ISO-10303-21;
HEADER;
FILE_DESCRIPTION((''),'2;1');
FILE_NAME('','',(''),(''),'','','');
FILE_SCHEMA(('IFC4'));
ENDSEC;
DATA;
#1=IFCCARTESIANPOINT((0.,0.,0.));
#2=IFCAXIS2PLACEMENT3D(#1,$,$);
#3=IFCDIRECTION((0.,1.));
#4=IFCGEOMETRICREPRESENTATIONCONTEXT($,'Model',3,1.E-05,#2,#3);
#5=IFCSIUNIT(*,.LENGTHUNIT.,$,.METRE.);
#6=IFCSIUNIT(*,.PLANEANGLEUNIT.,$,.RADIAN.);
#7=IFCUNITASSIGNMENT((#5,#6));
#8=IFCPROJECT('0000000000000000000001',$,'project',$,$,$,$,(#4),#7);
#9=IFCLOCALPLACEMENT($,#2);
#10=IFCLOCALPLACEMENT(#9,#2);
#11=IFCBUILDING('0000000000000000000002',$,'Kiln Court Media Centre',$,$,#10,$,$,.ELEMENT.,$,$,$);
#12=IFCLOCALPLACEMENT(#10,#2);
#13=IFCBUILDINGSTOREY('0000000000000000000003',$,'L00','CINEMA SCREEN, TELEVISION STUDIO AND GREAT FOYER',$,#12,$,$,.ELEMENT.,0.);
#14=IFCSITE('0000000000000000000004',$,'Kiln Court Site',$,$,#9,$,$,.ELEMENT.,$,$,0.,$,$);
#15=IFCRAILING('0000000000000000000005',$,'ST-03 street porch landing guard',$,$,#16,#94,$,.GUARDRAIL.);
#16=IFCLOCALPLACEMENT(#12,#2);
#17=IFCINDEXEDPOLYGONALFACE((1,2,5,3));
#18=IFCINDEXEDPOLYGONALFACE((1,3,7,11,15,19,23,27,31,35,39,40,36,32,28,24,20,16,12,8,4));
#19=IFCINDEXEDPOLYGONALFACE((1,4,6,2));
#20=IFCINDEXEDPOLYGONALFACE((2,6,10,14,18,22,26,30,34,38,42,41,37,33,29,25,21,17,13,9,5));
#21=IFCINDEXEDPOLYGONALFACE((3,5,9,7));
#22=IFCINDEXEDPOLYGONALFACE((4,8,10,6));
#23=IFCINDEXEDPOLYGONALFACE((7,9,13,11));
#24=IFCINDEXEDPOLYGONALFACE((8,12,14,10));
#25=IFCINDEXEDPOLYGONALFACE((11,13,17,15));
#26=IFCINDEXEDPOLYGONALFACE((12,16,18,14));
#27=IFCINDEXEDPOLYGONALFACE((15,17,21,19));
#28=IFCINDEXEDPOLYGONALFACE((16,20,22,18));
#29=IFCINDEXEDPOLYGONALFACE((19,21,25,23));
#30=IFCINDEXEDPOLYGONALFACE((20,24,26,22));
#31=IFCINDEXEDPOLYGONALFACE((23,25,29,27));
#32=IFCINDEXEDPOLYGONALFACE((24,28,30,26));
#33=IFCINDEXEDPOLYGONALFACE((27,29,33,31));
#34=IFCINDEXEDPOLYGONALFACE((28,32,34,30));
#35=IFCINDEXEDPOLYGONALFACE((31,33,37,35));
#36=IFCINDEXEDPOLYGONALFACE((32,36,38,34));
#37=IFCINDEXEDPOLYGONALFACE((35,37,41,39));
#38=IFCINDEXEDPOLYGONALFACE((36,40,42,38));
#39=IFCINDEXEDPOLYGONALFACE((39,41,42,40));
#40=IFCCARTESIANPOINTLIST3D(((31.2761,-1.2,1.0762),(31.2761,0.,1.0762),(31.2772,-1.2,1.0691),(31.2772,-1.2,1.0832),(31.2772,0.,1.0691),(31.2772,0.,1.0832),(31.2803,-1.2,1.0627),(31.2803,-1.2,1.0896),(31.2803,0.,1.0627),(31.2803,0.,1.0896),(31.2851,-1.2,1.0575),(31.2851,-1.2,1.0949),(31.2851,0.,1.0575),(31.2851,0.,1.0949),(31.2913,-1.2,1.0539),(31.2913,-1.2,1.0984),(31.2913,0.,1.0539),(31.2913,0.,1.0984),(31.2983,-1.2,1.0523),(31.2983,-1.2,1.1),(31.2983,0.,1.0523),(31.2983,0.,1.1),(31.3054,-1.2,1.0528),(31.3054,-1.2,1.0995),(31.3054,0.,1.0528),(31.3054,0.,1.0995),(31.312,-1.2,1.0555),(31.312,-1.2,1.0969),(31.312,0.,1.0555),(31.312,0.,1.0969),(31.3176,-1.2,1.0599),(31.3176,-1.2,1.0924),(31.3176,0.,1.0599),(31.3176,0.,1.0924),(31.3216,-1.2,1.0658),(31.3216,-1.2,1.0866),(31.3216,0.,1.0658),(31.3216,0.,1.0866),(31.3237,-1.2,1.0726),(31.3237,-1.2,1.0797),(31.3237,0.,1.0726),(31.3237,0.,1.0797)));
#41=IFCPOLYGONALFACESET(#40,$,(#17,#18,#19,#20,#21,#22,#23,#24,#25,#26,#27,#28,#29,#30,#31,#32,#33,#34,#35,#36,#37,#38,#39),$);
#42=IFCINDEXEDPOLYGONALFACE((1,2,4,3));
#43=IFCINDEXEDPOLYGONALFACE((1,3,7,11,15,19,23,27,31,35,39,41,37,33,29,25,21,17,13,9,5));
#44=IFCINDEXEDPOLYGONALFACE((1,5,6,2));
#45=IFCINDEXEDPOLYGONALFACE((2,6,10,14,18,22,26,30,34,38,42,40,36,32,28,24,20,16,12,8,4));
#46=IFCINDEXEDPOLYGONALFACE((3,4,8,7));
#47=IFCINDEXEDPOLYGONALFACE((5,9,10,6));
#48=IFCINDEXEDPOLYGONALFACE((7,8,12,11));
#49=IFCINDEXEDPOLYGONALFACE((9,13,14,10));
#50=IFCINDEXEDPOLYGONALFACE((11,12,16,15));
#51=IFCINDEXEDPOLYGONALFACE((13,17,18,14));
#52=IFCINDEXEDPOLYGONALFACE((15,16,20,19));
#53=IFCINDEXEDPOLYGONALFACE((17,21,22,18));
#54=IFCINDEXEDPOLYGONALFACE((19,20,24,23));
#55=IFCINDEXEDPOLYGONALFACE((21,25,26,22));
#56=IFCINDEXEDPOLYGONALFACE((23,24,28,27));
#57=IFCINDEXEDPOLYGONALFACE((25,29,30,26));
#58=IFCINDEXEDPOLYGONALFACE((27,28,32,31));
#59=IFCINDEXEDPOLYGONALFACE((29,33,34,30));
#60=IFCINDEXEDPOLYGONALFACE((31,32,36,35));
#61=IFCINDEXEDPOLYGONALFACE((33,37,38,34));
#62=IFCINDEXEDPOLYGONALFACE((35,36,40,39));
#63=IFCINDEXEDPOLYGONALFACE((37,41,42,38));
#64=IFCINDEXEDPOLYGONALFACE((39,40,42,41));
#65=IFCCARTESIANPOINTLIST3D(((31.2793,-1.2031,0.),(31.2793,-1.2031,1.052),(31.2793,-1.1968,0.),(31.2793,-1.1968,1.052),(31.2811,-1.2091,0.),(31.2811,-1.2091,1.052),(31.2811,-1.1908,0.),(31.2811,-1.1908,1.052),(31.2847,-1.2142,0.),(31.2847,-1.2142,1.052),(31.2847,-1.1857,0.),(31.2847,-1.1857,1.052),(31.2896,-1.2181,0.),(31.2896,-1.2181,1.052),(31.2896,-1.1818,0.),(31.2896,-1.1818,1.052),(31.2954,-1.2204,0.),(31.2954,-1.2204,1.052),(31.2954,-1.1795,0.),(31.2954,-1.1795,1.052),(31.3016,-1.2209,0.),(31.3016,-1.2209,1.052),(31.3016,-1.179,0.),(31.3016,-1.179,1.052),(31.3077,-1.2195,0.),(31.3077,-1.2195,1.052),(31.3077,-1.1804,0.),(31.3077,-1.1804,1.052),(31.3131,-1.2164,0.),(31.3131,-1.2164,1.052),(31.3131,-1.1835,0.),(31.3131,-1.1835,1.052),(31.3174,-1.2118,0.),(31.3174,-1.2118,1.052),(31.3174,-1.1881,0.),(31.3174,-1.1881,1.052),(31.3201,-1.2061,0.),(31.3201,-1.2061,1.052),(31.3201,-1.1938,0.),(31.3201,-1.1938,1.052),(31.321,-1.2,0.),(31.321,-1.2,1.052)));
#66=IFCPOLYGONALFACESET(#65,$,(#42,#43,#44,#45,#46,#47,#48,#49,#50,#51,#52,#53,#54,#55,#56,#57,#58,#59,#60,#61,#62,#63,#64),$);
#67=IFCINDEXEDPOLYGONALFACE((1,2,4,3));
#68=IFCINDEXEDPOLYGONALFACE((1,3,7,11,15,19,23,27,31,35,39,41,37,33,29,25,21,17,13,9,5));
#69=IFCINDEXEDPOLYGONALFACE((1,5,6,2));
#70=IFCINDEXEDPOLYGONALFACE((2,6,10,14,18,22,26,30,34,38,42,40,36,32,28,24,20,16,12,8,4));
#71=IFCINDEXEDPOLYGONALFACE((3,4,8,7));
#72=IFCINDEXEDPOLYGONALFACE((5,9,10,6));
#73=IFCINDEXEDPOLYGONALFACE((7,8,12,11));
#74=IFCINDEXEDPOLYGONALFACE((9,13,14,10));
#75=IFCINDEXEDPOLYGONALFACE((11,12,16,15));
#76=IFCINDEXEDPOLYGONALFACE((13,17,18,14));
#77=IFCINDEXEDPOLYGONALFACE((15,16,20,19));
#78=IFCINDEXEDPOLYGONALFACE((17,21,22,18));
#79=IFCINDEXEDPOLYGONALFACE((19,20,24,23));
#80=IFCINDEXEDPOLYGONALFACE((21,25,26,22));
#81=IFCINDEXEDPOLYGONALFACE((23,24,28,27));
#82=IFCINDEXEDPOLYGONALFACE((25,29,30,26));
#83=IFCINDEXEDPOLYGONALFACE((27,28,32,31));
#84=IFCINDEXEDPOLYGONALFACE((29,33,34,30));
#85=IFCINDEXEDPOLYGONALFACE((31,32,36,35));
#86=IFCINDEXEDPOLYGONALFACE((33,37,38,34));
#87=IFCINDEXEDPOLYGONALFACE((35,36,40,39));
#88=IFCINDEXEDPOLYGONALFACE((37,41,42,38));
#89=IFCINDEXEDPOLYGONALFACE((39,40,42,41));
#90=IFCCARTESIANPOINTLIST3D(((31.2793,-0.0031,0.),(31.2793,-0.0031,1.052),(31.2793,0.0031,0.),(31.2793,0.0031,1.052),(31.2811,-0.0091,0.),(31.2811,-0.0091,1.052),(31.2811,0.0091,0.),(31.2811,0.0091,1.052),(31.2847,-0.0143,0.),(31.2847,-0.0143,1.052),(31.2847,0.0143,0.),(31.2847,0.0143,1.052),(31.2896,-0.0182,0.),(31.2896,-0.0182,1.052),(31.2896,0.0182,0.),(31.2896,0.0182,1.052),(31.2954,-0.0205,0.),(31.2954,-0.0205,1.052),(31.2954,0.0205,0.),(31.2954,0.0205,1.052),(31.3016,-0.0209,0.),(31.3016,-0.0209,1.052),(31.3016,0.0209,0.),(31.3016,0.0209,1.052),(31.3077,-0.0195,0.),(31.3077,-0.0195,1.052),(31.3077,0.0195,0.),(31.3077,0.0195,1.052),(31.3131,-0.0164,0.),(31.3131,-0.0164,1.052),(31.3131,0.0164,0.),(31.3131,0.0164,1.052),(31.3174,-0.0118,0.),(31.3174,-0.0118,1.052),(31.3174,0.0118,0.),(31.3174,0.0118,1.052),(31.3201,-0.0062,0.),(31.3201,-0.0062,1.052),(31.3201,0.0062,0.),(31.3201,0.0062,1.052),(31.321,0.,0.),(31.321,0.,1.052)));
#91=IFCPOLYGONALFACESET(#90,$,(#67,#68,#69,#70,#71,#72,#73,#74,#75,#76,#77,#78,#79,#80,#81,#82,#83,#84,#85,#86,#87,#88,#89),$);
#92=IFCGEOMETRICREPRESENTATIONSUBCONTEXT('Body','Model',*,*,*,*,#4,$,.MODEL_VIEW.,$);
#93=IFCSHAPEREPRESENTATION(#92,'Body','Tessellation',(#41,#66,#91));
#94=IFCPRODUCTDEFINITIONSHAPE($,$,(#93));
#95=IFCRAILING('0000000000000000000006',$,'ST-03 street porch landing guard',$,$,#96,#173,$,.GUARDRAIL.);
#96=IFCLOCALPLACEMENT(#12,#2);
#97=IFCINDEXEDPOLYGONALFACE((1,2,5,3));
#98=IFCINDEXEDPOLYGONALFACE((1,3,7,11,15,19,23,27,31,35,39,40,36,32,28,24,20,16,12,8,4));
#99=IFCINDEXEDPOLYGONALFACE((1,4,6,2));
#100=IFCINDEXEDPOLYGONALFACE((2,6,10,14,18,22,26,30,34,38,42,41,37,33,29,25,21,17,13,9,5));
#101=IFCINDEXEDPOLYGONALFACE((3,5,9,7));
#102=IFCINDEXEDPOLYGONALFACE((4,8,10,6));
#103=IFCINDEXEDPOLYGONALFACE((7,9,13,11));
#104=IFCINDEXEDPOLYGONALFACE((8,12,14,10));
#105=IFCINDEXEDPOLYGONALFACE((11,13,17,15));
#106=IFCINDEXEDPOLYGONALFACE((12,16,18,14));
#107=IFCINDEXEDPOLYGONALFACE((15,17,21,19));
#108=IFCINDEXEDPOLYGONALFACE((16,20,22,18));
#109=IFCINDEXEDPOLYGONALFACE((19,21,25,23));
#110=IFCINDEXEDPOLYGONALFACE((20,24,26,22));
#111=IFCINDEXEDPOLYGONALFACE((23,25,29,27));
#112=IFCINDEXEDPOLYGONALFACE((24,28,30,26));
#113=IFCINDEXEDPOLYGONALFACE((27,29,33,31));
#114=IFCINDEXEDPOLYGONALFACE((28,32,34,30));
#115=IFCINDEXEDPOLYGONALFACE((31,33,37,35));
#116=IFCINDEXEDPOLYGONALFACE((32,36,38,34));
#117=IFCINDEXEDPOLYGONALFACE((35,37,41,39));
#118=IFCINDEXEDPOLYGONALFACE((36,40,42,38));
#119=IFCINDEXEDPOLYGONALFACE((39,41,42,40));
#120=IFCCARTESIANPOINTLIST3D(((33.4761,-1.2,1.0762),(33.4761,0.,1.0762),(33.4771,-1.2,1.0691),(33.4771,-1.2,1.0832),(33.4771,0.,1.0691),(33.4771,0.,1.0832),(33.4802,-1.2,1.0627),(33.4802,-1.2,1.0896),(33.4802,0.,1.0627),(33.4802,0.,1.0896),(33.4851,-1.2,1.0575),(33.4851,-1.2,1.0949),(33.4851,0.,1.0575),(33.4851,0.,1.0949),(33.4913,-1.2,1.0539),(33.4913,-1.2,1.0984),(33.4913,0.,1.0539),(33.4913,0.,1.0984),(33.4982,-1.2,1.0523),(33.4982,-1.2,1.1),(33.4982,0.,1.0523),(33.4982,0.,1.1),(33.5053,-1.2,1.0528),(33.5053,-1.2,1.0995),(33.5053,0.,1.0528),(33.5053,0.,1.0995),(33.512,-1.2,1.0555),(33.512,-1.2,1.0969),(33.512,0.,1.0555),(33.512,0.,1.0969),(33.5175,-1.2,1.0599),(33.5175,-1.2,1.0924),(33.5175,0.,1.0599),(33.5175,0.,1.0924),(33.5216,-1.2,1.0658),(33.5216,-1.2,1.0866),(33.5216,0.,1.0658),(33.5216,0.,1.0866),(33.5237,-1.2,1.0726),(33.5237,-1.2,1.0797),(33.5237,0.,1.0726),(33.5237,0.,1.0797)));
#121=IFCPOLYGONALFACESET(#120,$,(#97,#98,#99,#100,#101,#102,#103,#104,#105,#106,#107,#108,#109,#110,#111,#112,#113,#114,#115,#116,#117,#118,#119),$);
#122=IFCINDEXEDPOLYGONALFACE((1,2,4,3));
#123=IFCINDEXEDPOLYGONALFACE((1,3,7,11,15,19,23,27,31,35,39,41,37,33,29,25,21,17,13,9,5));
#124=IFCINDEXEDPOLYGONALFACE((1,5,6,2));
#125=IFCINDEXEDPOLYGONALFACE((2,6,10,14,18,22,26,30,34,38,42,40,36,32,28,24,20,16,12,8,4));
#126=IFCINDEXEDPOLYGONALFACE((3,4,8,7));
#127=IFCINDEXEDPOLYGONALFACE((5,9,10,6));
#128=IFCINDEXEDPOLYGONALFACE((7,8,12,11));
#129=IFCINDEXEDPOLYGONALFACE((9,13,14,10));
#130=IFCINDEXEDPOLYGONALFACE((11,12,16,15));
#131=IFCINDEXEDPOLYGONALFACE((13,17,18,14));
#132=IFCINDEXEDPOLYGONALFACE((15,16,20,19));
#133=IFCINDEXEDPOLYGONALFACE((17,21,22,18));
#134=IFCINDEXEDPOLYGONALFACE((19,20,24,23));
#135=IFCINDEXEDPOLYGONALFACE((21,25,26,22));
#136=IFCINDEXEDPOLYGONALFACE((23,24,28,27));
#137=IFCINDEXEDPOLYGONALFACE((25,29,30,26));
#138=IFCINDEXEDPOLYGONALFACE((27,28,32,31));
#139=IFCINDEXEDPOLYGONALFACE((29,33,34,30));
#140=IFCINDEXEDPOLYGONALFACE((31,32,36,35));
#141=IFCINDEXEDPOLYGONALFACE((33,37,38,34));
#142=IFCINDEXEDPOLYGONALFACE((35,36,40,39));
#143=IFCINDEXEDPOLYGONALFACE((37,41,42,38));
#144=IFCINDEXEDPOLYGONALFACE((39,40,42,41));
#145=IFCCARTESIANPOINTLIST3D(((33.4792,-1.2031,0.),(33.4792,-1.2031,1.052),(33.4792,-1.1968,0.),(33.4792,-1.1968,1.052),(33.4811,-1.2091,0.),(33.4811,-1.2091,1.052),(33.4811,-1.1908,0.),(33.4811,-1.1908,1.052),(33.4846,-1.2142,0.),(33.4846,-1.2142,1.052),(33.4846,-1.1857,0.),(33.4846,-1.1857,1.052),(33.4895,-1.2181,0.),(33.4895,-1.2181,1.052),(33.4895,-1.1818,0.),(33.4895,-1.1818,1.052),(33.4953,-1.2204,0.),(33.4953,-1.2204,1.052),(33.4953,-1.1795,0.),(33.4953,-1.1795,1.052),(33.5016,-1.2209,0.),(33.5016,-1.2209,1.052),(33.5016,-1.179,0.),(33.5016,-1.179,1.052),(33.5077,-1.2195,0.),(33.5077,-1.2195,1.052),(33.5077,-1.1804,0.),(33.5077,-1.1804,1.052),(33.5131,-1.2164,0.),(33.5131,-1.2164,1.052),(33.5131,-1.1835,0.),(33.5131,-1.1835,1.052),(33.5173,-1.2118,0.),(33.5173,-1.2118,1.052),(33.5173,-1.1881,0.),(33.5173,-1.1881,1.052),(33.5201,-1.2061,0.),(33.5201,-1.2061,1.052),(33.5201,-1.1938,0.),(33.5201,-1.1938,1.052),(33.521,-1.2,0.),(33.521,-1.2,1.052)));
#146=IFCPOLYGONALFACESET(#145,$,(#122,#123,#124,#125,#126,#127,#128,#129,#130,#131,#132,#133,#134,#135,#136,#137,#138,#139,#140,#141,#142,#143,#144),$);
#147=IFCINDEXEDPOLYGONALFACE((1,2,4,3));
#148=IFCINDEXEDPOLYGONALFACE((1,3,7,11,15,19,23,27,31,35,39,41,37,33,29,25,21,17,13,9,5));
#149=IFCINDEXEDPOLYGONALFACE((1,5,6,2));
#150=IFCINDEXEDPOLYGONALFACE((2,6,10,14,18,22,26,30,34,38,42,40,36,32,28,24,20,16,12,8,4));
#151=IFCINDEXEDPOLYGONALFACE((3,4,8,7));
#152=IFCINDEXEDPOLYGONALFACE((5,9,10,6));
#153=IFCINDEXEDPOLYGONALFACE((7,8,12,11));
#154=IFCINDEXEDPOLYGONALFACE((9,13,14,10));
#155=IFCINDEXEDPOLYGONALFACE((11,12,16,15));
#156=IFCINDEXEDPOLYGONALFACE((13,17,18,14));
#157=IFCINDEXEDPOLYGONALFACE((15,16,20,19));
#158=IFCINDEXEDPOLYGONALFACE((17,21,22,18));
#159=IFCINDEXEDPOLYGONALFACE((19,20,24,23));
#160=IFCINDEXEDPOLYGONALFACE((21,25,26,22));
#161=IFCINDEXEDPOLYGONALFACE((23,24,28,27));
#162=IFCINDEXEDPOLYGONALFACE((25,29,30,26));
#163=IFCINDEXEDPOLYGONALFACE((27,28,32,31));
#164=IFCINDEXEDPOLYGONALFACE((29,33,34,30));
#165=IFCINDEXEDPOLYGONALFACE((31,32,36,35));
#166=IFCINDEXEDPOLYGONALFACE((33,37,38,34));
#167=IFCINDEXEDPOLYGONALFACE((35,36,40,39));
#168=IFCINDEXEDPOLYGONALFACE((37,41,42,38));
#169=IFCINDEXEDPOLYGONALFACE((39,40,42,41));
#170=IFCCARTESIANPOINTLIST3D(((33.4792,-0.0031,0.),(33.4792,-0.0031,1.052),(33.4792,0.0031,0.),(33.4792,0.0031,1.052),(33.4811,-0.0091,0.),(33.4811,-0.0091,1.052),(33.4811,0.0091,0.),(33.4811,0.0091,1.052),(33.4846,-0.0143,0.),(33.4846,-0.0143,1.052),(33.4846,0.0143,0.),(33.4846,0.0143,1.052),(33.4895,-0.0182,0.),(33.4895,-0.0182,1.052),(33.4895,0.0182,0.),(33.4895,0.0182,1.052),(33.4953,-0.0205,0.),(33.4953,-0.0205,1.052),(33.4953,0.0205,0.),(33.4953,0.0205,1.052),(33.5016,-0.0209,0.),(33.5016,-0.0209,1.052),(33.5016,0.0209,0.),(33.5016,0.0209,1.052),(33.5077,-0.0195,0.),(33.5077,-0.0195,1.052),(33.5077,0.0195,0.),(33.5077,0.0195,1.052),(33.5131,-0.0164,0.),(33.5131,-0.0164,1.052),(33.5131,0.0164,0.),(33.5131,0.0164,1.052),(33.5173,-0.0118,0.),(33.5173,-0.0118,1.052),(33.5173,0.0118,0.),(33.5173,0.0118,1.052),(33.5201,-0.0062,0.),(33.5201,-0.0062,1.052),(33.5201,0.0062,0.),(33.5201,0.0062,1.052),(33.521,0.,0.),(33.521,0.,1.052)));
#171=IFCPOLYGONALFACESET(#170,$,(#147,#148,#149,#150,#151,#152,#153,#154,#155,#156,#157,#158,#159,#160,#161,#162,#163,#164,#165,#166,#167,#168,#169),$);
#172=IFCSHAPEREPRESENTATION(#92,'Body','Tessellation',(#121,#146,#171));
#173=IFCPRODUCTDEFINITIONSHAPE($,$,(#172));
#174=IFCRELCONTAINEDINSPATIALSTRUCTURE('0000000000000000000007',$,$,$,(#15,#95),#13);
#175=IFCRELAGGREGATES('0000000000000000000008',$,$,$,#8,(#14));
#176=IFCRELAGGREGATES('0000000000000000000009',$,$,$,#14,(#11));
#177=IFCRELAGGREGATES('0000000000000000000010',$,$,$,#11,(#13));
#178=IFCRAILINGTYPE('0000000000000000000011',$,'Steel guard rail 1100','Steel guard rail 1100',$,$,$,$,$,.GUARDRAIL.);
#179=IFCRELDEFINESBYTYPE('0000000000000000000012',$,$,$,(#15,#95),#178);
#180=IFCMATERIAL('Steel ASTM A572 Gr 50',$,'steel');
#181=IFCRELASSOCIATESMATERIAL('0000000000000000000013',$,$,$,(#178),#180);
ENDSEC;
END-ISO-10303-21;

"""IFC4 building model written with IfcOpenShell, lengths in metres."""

from ifc_helpers import new_model, si_unit, direction, frame, origin, origin_2d, place, context, subcontext, project, spatial, circle, extrude, material, type_object, element, save


model = new_model("IFC4")

# Units and contexts
model_context = context("Model", 3, precision=1e-05, world=origin(), true_north=direction((0.0, 1.0)))
body_context = subcontext(model_context, "Body", "Model", "MODEL_VIEW")
ifc_project = project(units=[si_unit("LENGTHUNIT", "METRE"), si_unit("PLANEANGLEUNIT", "RADIAN")], contexts=[model_context])

# Site, building, storey
site_placement = place(None, origin())
site = spatial("IfcSite", under=ifc_project, at=site_placement, Name="Kiln Court Site", CompositionType="ELEMENT", RefElevation=0.0)
building_placement = place(site_placement, origin())
building = spatial("IfcBuilding", under=site, at=building_placement, Name="Kiln Court Media Centre", CompositionType="ELEMENT")
storey_placement = place(building_placement, origin())
storey = spatial("IfcBuildingStorey", under=building, at=storey_placement, Name="L00", Description="CINEMA SCREEN, TELEVISION STUDIO AND GREAT FOYER", CompositionType="ELEMENT", Elevation=0.0)

# Railings
ifc_material_1 = material(Name="Steel ASTM A572 Gr 50", Category="steel")
railing_type_1 = type_object("IfcRailingType", Name="Steel guard rail 1100", Description="Steel guard rail 1100", PredefinedType="GUARDRAIL", material=ifc_material_1)
for number, where, name in (
    (1, (31.3, -1.2, 0.0), "ST-03 street porch landing guard"),
    (2, (33.5, -1.2, 0.0), "ST-03 street porch landing guard"),
):
    element("IfcRailing", number, at=place(storey_placement, frame(where)), inside=storey, type_object=railing_type_1, Name=name, PredefinedType="GUARDRAIL", context=body_context, shape_type="SweptSolid", body=[
        extrude(circle(Radius=0.0239, at=origin_2d()), frame((0.0, 0.0, 1.0762), z_axis=(0.0, 1.0, 0.0), x_axis=(-1.0, 0.0, 0.0)), (0.0, 0.0, 1.0), 1.2),
        extrude(circle(Radius=0.021, at=origin_2d()), origin(), (0.0, 0.0, 1.0), 1.052),
        extrude(circle(Radius=0.021, at=origin_2d()), frame((0.0, 1.2, 0.0)), (0.0, 0.0, 1.0), 1.052),
    ])

save(model, "model.ifc")
